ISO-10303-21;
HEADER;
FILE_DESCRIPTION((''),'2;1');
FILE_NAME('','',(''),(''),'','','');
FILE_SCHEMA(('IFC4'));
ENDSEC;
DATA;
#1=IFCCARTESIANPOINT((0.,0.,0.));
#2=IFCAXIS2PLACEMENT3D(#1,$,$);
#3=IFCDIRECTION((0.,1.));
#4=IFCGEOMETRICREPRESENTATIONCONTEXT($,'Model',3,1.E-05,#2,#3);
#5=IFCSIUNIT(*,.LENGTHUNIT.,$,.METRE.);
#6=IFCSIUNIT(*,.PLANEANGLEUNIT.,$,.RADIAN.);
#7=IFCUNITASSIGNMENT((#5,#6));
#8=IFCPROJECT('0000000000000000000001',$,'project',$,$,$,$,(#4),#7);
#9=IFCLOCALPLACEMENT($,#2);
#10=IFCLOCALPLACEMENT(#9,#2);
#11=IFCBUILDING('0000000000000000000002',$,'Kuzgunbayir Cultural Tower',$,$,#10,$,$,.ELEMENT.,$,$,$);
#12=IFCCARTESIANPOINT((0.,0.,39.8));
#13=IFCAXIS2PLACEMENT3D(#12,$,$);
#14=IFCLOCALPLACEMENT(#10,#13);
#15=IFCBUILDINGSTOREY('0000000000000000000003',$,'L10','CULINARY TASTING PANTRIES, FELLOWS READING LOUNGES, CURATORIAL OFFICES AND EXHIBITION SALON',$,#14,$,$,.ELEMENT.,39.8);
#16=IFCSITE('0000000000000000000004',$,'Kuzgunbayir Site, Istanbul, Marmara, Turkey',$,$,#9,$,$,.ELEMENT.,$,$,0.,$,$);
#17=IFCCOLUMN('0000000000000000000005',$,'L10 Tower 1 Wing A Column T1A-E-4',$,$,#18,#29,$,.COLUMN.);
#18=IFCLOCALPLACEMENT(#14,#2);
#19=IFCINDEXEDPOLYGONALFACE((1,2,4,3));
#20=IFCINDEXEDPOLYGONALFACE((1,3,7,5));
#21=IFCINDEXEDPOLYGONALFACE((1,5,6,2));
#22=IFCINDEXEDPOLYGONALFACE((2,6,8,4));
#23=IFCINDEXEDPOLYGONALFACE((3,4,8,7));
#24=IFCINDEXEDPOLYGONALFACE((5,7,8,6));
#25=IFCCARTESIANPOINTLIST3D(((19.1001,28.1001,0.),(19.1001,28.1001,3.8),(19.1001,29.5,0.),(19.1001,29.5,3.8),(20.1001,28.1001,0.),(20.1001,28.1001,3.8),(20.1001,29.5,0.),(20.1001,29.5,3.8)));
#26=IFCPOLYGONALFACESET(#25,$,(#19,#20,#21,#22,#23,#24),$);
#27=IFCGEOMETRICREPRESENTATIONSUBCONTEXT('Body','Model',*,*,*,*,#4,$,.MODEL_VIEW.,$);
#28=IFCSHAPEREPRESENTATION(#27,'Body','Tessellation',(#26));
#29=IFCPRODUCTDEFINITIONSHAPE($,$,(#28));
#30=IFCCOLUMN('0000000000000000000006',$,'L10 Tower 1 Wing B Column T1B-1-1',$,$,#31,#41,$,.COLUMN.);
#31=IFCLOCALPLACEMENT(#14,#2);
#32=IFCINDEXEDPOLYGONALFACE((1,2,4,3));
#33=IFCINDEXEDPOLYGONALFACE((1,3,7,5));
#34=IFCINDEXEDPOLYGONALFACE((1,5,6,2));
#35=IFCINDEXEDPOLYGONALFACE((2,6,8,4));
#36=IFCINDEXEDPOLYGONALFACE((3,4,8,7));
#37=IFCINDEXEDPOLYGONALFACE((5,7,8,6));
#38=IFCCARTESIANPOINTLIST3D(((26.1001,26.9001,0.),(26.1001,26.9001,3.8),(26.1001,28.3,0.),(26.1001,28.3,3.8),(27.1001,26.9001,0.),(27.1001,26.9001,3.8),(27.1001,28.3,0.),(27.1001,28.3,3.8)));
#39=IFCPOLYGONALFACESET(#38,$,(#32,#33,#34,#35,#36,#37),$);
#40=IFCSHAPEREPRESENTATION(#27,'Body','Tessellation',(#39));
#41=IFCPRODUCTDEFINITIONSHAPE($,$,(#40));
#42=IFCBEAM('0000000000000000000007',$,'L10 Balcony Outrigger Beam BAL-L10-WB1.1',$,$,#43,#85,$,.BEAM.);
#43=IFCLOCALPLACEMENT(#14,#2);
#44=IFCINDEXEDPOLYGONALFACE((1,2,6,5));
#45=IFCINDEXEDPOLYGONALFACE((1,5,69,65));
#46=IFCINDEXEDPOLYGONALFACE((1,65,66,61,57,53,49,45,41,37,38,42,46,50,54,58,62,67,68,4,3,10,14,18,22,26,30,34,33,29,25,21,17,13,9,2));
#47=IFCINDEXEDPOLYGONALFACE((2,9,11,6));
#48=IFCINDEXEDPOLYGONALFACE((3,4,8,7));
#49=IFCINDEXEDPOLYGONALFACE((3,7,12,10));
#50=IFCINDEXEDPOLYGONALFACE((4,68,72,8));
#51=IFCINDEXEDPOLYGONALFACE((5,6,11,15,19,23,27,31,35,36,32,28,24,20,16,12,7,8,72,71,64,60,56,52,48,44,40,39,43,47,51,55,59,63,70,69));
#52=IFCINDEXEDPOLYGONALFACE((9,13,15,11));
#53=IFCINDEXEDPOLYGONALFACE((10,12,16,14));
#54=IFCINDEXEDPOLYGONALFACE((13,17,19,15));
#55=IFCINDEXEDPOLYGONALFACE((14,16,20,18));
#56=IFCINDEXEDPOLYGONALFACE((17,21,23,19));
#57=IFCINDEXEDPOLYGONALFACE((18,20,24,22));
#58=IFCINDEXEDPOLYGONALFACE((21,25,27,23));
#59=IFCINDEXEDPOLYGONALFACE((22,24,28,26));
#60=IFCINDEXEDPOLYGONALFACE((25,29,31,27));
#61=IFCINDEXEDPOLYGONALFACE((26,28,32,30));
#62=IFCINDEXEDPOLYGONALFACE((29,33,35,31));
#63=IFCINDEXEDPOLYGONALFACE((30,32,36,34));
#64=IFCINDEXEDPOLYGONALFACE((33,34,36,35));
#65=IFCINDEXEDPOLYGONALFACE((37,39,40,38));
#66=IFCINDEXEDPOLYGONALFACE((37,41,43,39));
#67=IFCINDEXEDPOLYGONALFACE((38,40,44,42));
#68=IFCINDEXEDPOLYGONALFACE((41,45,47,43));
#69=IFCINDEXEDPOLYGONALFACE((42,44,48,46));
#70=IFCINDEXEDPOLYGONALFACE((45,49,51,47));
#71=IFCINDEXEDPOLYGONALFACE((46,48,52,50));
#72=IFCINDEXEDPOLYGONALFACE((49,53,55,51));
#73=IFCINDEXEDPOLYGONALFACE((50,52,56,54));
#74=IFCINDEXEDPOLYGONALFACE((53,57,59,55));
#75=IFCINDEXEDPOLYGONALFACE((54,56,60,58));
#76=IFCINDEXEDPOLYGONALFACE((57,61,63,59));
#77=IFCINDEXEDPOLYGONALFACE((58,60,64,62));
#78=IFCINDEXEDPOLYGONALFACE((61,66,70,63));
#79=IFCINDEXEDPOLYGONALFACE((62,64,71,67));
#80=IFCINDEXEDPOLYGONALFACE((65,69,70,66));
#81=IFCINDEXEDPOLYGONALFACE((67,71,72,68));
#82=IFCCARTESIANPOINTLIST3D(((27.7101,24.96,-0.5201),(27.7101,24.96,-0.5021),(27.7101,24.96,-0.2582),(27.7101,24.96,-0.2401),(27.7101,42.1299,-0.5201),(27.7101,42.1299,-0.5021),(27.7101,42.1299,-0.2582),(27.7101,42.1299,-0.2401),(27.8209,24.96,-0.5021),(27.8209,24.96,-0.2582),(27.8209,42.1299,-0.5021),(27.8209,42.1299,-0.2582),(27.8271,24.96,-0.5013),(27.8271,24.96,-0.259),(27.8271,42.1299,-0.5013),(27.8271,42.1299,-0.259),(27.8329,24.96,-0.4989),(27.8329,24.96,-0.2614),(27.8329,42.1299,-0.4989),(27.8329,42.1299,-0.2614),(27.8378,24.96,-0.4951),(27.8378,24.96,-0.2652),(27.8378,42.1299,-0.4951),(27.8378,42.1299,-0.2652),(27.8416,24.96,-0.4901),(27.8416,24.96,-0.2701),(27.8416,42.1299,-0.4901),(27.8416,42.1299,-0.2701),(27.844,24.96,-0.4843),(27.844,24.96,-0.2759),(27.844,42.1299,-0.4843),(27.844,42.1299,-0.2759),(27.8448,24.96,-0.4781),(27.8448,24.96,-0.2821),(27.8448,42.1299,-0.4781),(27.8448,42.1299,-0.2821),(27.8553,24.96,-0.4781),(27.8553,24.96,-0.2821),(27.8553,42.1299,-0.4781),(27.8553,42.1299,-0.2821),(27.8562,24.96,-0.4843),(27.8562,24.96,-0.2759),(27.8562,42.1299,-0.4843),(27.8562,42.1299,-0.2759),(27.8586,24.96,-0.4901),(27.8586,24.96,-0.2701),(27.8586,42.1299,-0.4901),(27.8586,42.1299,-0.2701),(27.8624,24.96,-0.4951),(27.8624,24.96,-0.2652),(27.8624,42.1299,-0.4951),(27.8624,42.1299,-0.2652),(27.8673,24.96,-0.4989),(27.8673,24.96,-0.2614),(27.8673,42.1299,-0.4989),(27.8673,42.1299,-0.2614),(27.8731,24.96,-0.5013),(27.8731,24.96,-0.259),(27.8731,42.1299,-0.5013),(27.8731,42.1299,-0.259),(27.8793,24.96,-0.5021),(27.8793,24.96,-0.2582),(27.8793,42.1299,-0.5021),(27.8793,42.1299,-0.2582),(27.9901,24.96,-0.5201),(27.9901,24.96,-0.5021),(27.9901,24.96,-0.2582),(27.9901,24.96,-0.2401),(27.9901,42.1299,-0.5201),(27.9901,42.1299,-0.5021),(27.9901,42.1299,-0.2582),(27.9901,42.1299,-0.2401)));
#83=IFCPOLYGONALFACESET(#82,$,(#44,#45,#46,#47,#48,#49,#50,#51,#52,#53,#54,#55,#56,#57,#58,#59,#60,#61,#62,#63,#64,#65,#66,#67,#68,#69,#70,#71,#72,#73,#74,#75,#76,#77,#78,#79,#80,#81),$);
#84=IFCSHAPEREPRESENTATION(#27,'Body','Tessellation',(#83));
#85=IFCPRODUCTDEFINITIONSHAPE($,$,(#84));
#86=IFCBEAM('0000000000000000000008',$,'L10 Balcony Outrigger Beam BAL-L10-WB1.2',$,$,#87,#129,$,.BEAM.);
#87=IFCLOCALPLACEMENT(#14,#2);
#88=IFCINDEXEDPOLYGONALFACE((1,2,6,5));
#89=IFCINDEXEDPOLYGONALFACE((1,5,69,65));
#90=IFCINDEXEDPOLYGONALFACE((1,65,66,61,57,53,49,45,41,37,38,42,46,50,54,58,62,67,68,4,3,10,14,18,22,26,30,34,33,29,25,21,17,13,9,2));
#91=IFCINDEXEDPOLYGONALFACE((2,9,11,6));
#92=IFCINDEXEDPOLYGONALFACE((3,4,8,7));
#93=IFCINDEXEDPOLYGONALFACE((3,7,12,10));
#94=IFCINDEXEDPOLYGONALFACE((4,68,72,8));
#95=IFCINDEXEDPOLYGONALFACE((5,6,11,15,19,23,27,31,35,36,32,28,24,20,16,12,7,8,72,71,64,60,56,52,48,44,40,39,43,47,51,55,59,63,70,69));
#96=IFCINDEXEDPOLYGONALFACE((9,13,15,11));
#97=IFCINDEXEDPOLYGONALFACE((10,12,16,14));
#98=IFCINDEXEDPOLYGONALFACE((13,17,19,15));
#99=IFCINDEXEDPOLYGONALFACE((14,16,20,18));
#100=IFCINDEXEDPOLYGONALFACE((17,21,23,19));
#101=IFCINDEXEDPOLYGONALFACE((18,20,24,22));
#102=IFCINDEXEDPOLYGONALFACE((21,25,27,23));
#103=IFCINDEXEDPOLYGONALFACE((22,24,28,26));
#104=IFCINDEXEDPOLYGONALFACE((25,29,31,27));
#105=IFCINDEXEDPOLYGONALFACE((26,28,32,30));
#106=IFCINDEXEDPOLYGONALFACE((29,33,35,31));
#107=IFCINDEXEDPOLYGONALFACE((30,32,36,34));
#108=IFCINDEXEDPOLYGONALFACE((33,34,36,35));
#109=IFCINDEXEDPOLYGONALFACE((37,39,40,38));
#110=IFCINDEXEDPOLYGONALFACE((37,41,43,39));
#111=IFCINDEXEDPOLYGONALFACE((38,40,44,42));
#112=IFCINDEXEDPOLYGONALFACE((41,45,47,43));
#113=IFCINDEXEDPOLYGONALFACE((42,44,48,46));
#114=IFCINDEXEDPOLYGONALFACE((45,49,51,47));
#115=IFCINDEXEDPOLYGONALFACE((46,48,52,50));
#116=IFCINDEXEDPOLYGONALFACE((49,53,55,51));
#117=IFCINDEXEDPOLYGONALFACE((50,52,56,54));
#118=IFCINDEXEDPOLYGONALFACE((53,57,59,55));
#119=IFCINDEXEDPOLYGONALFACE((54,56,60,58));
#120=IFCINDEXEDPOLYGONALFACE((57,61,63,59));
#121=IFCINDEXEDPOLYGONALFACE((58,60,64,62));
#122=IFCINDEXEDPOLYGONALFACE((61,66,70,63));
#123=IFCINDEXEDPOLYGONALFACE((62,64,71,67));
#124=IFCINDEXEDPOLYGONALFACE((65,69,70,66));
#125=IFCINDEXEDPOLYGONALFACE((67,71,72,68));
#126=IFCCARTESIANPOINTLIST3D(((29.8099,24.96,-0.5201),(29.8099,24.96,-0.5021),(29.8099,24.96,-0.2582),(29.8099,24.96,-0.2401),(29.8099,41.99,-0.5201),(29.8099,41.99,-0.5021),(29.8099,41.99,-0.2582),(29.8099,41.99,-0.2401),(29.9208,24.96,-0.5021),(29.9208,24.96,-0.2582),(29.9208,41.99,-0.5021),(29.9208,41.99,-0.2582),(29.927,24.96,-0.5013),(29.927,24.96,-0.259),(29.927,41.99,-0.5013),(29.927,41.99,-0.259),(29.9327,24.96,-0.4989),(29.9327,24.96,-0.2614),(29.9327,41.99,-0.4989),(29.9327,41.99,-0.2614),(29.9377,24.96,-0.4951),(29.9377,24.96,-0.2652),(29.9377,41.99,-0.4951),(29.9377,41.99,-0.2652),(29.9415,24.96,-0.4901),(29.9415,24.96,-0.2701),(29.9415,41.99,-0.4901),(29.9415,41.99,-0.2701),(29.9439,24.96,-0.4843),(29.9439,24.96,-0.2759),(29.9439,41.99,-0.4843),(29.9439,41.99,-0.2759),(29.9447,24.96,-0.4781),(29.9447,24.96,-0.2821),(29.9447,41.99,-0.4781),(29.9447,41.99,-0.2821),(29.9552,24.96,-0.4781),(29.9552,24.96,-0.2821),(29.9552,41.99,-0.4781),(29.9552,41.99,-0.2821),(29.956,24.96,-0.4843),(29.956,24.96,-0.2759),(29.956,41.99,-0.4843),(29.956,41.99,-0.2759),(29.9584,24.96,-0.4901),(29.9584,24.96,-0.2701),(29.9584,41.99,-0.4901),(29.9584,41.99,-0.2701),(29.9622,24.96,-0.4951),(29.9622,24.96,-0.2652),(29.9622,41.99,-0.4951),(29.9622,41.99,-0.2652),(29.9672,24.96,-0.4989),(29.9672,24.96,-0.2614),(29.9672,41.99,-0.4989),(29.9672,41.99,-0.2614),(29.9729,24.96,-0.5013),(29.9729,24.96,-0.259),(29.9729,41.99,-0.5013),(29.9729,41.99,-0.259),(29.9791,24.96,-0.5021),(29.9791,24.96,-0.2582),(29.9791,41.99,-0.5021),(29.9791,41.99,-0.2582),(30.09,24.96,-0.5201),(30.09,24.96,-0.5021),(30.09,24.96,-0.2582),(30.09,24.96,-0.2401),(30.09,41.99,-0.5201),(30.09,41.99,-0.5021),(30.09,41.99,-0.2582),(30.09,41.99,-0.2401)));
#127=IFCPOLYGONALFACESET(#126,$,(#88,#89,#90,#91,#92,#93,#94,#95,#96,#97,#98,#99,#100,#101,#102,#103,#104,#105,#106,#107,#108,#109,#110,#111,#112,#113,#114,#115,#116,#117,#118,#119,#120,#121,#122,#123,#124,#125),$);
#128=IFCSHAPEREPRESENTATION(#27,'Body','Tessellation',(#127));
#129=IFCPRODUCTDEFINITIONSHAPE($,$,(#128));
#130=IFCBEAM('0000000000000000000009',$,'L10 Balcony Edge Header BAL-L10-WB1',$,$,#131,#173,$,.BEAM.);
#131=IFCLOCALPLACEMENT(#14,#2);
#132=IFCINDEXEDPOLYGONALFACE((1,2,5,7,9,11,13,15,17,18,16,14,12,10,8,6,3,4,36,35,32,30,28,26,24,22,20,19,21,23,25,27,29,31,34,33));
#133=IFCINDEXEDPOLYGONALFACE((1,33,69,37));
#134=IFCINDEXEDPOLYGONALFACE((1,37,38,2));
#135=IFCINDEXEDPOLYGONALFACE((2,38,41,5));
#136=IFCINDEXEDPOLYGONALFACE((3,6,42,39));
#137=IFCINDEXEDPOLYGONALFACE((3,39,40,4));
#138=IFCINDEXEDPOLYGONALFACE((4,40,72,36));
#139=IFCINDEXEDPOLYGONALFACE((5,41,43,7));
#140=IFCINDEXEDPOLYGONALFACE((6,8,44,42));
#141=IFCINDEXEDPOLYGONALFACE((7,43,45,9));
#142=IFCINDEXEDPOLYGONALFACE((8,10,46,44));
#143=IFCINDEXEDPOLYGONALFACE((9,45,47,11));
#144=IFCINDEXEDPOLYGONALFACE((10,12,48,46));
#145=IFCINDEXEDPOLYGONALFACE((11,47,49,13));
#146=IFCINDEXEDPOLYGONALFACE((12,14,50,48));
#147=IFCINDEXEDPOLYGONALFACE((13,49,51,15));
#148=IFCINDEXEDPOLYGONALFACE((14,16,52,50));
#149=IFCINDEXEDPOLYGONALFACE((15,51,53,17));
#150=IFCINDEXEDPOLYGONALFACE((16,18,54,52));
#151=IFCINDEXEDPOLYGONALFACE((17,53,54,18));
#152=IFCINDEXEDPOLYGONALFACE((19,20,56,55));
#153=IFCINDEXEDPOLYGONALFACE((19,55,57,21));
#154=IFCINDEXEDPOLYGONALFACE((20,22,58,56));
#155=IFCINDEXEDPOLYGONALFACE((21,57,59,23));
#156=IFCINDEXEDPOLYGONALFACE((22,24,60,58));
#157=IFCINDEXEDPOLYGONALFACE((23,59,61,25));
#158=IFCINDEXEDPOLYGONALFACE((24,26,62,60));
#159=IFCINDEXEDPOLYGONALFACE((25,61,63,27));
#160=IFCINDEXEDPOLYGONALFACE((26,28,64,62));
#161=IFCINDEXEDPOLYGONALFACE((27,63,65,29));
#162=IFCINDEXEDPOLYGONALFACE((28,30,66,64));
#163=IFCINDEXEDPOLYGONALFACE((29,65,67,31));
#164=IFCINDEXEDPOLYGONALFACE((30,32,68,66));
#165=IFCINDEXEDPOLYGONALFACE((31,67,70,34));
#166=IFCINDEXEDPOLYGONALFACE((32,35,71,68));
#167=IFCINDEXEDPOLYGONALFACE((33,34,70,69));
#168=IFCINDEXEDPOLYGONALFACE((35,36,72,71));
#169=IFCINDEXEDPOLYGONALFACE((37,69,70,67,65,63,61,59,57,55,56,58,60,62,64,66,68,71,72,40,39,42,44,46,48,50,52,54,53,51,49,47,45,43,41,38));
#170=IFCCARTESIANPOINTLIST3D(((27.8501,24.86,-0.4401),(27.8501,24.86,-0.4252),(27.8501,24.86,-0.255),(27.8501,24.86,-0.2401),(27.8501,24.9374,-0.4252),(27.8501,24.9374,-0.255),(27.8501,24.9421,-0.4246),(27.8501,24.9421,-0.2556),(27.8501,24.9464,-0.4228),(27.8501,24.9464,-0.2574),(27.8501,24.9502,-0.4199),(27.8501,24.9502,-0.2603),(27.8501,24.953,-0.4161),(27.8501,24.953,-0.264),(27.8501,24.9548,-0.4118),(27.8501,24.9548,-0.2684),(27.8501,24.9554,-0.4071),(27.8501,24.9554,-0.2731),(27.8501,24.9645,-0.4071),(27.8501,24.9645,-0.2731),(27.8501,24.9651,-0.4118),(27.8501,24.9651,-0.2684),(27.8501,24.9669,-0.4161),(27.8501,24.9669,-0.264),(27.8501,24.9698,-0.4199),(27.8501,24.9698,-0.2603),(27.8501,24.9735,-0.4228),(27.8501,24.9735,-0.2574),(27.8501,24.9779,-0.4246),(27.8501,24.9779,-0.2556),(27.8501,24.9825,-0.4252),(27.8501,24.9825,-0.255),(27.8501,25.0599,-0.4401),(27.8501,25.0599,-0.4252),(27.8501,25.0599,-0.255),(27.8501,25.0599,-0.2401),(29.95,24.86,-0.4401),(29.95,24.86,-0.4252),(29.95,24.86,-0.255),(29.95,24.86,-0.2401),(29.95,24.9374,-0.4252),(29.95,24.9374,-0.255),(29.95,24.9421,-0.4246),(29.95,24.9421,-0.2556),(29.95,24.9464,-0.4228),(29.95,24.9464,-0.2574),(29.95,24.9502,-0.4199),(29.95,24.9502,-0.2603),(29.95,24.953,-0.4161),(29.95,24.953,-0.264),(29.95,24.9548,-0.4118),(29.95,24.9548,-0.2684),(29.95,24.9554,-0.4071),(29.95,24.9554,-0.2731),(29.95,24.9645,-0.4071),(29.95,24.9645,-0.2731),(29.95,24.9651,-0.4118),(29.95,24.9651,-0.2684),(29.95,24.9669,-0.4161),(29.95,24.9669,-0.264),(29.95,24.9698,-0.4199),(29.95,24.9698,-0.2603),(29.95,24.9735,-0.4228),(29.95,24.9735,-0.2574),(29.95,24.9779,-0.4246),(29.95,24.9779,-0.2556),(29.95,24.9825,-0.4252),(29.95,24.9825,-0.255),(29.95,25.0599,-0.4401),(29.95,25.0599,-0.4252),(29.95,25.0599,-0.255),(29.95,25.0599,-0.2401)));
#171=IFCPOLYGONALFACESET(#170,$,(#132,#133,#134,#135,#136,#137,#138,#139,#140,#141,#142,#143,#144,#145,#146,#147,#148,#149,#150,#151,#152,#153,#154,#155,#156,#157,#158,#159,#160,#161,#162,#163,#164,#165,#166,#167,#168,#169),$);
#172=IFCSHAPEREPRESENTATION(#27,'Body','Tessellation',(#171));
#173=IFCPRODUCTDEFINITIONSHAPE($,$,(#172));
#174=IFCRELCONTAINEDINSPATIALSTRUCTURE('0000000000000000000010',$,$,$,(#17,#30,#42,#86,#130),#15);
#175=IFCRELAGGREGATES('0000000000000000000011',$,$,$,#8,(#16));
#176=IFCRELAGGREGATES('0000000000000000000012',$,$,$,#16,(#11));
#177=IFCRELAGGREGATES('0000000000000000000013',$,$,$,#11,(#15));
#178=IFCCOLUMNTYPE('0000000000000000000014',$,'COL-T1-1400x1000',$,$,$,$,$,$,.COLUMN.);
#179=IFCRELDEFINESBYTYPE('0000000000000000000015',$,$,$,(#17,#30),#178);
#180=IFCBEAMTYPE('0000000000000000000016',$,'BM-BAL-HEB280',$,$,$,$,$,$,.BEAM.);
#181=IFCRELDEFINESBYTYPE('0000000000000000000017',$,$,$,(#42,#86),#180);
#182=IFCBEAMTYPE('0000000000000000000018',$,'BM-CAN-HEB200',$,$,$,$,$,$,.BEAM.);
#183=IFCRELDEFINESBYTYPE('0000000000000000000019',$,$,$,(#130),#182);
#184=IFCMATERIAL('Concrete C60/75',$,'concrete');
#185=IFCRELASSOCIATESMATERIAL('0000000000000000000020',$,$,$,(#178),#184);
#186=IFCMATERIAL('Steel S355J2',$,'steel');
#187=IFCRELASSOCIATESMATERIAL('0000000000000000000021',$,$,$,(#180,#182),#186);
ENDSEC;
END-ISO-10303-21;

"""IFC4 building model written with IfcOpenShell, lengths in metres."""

from ifc_helpers import new_model, si_unit, direction, frame, origin, origin_2d, place, context, subcontext, project, spatial, rectangle, i_section, extrude, material, material_profile, profile_set, type_object, element, save


model = new_model("IFC4")

# Units and contexts
model_context = context("Model", 3, precision=1e-05, world=origin(), true_north=direction((0.0, 1.0)))
body_context = subcontext(model_context, "Body", "Model", "MODEL_VIEW")
ifc_project = project(units=[si_unit("LENGTHUNIT", "METRE"), si_unit("PLANEANGLEUNIT", "RADIAN")], contexts=[model_context])

# Site, building, storey
site_placement = place(None, origin())
site = spatial("IfcSite", under=ifc_project, at=site_placement, Name="Kuzgunbayir Site, Istanbul, Marmara, Turkey", CompositionType="ELEMENT", RefElevation=0.0)
building_placement = place(site_placement, origin())
building = spatial("IfcBuilding", under=site, at=building_placement, Name="Kuzgunbayir Cultural Tower", CompositionType="ELEMENT")
storey_placement = place(building_placement, frame((0.0, 0.0, 39.8)))
storey = spatial("IfcBuildingStorey", under=building, at=storey_placement, Name="L10", Description="CULINARY TASTING PANTRIES, FELLOWS READING LOUNGES, CURATORIAL OFFICES AND EXHIBITION SALON", CompositionType="ELEMENT", Elevation=39.8)

# Columns
ifc_material_1 = material(Name="Concrete C60/75", Category="concrete")
ifc_material_profile_1 = material_profile(ifc_material_1, rectangle(XDim=1.0, YDim=1.3999, at=origin_2d()), Name="RC 1400x1000")
ifc_profile_set_1 = profile_set([ifc_material_profile_1], Name="Concrete C60/75")
column_type = type_object("IfcColumnType", Name="COL-T1-1400x1000", PredefinedType="COLUMN", material=ifc_profile_set_1)
for number, where, z_axis, x_axis, name in (
    (1, (19.6001, 28.8, 0.0), (0.0, 0.0, 1.0), (1.0, 0.0, 0.0), "L10 Tower 1 Wing A Column T1A-E-4"),
    (2, (26.6001, 27.6001, 0.0), (0.0, 0.0, 1.0), (1.0, 0.0, 0.0), "L10 Tower 1 Wing B Column T1B-1-1"),
):
    element("IfcColumn", number, at=place(storey_placement, frame(where, z_axis=z_axis, x_axis=x_axis)), inside=storey, type_object=column_type, Name=name, PredefinedType="COLUMN", context=body_context, shape_type="SweptSolid", body=[
        extrude(rectangle(XDim=1.0, YDim=1.3999, at=origin_2d()), origin(), (0.0, 0.0, 1.0), 3.8),
    ])

# Beams
ifc_material_2 = material(Name="Steel S355J2", Category="steel")
ifc_material_profile_2 = material_profile(ifc_material_2, i_section(OverallWidth=0.28, OverallDepth=0.28, WebThickness=0.0105, FlangeThickness=0.0181, FilletRadius=0.0239, at=origin_2d()), Name="HEB 280")
ifc_profile_set_2 = profile_set([ifc_material_profile_2], Name="Steel S355J2")
beam_type_1 = type_object("IfcBeamType", Name="BM-BAL-HEB280", PredefinedType="BEAM", material=ifc_profile_set_2)
beam_1_placement = place(storey_placement, frame((27.8501, 24.96, -0.3801), z_axis=(0.0, 1.0, 0.0), x_axis=(-1.0, 0.0, 0.0)))
element("IfcBeam", 3, at=beam_1_placement, inside=storey, type_object=beam_type_1, Name="L10 Balcony Outrigger Beam BAL-L10-WB1.1", PredefinedType="BEAM", context=body_context, shape_type="SweptSolid", body=[
    extrude(i_section(OverallWidth=0.28, OverallDepth=0.28, WebThickness=0.0105, FlangeThickness=0.0181, FilletRadius=0.0239, at=origin_2d()), origin(), (0.0, 0.0, 1.0), 17.1699),
])
beam_2_placement = place(storey_placement, frame((29.95, 24.96, -0.3801), z_axis=(0.0, 1.0, 0.0), x_axis=(-1.0, 0.0, 0.0)))
element("IfcBeam", 4, at=beam_2_placement, inside=storey, type_object=beam_type_1, Name="L10 Balcony Outrigger Beam BAL-L10-WB1.2", PredefinedType="BEAM", context=body_context, shape_type="SweptSolid", body=[
    extrude(i_section(OverallWidth=0.28, OverallDepth=0.28, WebThickness=0.0105, FlangeThickness=0.0181, FilletRadius=0.0239, at=origin_2d()), origin(), (0.0, 0.0, 1.0), 17.03),
])
ifc_material_profile_3 = material_profile(ifc_material_2, i_section(OverallWidth=0.2, OverallDepth=0.2, WebThickness=0.009, FlangeThickness=0.0149, FilletRadius=0.0181, at=origin_2d()), Name="HEB 200")
ifc_profile_set_3 = profile_set([ifc_material_profile_3], Name="Steel S355J2")
beam_type_2 = type_object("IfcBeamType", Name="BM-CAN-HEB200", PredefinedType="BEAM", material=ifc_profile_set_3)
beam_3_placement = place(storey_placement, frame((27.8501, 24.96, -0.3401), z_axis=(1.0, 0.0, 0.0), x_axis=(0.0, 1.0, 0.0)))
element("IfcBeam", 5, at=beam_3_placement, inside=storey, type_object=beam_type_2, Name="L10 Balcony Edge Header BAL-L10-WB1", PredefinedType="BEAM", context=body_context, shape_type="SweptSolid", body=[
    extrude(i_section(OverallWidth=0.2, OverallDepth=0.2, WebThickness=0.009, FlangeThickness=0.0149, FilletRadius=0.0181, at=origin_2d()), origin(), (0.0, 0.0, 1.0), 2.0999),
])

save(model, "model.ifc")
